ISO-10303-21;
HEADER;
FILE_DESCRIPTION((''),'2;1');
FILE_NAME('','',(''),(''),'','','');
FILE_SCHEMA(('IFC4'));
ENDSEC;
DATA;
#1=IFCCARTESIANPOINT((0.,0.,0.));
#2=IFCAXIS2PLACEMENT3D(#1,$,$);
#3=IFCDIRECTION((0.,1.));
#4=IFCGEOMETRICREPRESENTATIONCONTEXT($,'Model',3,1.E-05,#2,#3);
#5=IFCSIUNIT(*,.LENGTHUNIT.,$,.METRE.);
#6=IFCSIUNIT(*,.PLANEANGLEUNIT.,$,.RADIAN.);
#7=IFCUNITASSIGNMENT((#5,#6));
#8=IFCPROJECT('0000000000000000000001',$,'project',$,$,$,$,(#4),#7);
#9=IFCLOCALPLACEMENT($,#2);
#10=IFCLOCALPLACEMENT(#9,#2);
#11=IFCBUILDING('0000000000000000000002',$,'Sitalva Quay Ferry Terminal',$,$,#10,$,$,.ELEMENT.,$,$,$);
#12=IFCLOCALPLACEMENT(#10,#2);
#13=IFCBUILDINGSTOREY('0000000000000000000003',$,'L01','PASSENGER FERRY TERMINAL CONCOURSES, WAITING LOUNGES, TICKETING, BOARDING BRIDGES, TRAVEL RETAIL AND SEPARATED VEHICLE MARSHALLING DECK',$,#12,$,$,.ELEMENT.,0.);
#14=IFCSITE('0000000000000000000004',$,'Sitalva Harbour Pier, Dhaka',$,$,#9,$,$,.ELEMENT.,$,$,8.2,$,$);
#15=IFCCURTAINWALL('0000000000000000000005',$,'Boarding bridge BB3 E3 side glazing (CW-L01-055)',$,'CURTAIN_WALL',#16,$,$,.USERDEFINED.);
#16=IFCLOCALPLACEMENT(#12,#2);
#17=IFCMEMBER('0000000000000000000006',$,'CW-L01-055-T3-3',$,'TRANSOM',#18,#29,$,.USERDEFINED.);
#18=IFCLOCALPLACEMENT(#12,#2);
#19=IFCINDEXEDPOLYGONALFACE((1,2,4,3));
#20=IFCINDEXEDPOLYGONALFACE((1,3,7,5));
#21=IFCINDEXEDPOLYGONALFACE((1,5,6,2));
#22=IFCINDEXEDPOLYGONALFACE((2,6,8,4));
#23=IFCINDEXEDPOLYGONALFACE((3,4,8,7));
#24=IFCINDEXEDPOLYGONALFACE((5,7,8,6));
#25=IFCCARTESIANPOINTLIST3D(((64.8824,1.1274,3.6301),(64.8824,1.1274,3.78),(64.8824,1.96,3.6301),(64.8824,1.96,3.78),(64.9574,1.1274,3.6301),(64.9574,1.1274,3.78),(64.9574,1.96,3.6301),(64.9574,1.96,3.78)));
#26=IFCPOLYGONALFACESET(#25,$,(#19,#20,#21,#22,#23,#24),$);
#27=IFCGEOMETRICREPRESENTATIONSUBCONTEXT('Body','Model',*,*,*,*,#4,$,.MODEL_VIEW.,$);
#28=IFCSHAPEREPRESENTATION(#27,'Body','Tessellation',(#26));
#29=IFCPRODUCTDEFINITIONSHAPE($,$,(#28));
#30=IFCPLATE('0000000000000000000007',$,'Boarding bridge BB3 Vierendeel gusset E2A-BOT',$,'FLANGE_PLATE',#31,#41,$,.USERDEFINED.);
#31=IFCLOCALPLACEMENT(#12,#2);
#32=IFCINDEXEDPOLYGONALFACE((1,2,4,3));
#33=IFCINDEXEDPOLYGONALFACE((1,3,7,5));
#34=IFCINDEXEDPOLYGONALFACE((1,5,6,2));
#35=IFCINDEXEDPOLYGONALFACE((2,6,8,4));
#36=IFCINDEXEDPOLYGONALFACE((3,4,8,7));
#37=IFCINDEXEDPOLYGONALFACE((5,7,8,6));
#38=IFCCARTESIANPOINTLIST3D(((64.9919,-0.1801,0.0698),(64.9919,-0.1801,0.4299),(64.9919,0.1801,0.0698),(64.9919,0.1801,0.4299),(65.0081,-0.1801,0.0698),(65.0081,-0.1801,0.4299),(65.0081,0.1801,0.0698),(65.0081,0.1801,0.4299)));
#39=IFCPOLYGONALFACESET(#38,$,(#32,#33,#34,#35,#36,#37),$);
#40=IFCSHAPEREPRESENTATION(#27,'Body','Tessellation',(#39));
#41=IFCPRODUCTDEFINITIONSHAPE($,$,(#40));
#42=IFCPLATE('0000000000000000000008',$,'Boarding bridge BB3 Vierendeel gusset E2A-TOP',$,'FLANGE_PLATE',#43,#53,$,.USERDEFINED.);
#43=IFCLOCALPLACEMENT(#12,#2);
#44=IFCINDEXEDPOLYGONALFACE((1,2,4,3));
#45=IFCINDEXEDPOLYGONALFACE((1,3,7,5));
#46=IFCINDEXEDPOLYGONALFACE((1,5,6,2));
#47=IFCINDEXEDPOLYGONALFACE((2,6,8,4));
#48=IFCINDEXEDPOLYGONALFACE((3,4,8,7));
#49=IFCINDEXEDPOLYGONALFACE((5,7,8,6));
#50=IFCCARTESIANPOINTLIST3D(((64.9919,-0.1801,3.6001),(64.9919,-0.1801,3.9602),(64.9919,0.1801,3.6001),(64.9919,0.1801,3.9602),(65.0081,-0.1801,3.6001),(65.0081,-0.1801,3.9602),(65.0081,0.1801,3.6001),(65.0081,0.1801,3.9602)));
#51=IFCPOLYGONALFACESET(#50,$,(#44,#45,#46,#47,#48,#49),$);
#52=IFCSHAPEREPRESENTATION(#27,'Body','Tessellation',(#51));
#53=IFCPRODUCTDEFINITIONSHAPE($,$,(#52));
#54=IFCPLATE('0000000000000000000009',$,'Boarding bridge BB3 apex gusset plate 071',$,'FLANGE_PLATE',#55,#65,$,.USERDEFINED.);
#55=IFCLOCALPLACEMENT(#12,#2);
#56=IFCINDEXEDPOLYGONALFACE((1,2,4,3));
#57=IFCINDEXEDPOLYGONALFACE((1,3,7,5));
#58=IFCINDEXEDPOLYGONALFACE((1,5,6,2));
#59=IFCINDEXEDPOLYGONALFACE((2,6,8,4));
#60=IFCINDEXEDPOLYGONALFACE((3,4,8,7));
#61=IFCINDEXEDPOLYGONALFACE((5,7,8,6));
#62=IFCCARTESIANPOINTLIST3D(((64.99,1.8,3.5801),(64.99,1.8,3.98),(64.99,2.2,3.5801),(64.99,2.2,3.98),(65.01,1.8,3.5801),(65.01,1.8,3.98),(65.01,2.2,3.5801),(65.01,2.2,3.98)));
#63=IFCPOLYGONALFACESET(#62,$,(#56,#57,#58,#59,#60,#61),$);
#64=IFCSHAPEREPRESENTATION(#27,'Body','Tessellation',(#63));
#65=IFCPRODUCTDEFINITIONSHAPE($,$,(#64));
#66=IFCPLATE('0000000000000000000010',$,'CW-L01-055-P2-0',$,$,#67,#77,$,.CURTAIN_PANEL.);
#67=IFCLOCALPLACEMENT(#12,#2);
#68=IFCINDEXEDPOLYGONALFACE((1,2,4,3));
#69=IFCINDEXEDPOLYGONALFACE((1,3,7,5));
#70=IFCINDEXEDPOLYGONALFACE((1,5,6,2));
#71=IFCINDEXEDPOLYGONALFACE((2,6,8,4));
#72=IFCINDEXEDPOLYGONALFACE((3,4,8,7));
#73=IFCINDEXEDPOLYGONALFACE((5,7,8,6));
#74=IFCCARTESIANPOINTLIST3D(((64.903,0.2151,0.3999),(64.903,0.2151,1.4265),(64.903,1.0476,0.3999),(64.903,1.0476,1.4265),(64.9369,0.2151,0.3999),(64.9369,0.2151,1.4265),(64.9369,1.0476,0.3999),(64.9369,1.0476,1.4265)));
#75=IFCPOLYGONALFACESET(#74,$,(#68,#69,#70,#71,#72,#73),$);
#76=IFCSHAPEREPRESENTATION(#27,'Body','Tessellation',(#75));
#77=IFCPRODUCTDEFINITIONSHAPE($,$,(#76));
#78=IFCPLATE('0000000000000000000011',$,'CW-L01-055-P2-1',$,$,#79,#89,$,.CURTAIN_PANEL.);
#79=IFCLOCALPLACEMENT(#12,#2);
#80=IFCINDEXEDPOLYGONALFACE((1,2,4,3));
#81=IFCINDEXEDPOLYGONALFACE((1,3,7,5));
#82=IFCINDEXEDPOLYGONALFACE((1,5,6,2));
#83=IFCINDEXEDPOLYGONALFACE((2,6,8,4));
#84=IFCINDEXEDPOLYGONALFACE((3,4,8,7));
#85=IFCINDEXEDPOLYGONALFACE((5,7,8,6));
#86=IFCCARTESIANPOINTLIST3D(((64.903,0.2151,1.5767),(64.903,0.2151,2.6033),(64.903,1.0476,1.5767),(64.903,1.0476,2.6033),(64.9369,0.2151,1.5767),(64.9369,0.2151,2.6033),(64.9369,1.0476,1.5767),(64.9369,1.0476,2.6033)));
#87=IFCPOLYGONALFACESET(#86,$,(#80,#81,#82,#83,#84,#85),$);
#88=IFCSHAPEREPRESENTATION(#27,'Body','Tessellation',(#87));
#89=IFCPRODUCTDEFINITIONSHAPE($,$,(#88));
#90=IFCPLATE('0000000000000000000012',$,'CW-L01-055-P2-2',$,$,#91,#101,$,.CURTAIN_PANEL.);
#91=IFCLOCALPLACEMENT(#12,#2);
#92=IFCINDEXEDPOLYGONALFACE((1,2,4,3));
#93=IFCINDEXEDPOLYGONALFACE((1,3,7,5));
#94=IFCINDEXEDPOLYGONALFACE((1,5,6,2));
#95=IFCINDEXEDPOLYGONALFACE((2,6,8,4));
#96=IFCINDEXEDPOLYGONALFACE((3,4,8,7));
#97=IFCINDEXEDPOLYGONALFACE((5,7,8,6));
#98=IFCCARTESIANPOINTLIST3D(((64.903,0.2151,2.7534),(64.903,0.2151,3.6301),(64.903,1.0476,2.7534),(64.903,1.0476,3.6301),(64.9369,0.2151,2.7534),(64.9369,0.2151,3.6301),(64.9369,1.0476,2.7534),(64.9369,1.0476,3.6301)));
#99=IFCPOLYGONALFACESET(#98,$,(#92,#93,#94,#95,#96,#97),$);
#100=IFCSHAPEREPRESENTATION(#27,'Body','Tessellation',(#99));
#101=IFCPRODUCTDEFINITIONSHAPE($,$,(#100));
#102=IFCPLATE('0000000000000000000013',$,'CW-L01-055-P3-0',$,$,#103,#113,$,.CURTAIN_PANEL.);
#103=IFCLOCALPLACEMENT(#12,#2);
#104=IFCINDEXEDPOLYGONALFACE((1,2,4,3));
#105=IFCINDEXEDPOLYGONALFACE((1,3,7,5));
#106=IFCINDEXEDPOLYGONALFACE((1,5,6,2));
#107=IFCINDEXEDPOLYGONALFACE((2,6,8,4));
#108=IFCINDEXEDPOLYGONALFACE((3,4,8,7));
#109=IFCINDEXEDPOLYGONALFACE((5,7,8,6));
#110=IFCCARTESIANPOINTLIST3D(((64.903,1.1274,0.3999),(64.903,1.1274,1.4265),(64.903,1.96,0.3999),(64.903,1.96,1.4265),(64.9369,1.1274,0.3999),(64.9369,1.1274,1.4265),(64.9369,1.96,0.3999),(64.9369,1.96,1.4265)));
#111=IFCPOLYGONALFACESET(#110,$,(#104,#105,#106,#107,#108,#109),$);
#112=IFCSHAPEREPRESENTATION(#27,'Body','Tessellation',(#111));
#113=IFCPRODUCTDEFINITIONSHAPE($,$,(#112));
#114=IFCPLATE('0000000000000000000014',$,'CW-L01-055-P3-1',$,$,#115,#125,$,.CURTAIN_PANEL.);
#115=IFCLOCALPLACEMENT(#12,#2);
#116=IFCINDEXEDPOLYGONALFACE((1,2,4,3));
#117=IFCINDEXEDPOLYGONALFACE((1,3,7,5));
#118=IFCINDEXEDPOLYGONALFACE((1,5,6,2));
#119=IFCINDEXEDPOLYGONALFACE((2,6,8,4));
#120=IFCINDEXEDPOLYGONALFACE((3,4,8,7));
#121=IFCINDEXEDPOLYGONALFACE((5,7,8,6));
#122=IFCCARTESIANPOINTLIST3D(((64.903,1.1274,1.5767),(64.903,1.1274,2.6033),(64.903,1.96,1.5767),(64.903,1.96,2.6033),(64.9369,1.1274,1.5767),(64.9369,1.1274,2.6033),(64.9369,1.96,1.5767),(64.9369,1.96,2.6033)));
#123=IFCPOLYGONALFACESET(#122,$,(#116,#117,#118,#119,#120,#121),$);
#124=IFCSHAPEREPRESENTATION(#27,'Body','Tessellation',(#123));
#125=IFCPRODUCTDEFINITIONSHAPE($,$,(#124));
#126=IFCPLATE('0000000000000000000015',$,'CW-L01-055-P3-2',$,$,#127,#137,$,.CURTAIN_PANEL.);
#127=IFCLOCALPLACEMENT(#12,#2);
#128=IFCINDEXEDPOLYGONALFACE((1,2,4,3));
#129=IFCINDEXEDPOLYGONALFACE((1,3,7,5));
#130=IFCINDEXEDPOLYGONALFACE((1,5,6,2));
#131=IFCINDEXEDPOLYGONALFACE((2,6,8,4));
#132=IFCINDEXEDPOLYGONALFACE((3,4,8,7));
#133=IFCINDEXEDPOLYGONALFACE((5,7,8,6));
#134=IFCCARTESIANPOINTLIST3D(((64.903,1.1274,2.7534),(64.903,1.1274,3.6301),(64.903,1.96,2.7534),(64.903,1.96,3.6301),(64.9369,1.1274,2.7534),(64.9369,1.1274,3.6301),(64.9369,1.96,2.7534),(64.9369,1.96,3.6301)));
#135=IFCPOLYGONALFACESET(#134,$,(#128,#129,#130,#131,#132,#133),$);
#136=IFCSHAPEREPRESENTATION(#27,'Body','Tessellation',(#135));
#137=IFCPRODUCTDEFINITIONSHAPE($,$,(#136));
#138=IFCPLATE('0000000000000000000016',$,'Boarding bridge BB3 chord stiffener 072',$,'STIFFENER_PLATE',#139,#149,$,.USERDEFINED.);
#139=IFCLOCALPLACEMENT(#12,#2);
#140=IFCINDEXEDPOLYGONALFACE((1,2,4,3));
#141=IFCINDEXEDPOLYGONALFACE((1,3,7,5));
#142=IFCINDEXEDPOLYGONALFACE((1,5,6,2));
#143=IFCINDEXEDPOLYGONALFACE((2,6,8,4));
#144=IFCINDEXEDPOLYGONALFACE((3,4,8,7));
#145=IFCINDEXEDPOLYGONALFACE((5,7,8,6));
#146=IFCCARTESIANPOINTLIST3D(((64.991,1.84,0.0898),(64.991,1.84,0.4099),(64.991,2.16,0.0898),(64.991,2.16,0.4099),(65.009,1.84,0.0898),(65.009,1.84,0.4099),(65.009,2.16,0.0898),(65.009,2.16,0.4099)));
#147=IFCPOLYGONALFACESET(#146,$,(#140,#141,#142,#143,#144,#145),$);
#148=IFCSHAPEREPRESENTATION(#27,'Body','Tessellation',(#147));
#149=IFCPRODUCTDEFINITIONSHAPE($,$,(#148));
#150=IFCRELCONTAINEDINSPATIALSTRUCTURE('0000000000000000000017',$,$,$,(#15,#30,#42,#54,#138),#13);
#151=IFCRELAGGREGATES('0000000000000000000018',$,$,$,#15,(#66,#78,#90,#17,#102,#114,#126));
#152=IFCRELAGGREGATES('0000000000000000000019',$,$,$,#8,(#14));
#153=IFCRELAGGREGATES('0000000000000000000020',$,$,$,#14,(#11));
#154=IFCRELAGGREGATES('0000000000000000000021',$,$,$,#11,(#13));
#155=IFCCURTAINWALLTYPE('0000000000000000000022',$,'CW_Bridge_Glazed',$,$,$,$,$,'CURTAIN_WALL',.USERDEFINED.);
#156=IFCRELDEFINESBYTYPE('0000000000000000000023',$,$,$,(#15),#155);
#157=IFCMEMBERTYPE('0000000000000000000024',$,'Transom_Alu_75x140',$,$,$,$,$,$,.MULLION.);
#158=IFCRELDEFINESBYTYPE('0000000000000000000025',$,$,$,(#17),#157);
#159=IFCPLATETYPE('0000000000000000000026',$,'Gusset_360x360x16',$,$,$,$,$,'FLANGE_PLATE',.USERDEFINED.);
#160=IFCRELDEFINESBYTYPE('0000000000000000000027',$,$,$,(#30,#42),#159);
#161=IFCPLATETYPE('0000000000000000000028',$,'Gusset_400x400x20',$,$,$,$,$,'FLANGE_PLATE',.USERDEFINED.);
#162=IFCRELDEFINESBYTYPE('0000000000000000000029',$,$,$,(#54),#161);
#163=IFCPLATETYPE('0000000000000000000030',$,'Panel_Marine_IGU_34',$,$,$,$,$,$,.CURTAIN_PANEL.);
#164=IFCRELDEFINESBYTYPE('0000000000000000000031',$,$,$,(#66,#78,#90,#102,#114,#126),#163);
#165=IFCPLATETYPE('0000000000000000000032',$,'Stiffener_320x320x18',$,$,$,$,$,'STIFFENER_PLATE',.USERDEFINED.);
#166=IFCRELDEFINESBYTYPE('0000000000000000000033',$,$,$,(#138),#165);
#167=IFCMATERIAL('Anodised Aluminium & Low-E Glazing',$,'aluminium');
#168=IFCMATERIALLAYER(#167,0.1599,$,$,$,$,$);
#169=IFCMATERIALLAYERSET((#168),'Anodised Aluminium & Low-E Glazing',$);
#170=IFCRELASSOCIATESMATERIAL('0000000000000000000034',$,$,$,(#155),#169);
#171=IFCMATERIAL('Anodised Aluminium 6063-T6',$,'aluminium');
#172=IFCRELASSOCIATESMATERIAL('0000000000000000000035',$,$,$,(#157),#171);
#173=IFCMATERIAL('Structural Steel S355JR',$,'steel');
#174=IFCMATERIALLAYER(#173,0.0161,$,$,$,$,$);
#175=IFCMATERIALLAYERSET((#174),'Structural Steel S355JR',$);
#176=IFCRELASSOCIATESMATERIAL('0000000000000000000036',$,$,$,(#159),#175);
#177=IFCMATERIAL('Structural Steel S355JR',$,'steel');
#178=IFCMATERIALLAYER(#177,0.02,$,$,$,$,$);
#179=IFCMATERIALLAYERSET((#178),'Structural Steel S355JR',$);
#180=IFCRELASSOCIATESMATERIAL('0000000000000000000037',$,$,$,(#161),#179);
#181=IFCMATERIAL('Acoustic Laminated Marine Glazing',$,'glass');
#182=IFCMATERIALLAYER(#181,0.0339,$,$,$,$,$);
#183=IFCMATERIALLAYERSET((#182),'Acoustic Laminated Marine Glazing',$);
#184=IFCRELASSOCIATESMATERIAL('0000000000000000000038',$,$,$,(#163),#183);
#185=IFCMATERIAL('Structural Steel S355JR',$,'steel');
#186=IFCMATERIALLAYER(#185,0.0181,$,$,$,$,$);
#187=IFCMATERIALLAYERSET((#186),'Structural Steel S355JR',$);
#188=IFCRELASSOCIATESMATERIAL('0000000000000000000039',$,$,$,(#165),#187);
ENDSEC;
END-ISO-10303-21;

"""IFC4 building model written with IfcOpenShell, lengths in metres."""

from ifc_helpers import new_model, si_unit, direction, frame, origin, origin_2d, place, context, subcontext, project, spatial, rectangle, extrude, material, layer, layer_set, material_profile, profile_set, type_object, element, aggregate, save


model = new_model("IFC4")

# Units and contexts
model_context = context("Model", 3, precision=1e-05, world=origin(), true_north=direction((0.0, 1.0)))
body_context = subcontext(model_context, "Body", "Model", "MODEL_VIEW")
ifc_project = project(units=[si_unit("LENGTHUNIT", "METRE"), si_unit("PLANEANGLEUNIT", "RADIAN")], contexts=[model_context])

# Site, building, storey
site_placement = place(None, origin())
site = spatial("IfcSite", under=ifc_project, at=site_placement, Name="Sitalva Harbour Pier, Dhaka", CompositionType="ELEMENT", RefElevation=8.2)
building_placement = place(site_placement, origin())
building = spatial("IfcBuilding", under=site, at=building_placement, Name="Sitalva Quay Ferry Terminal", CompositionType="ELEMENT")
storey_placement = place(building_placement, origin())
storey = spatial("IfcBuildingStorey", under=building, at=storey_placement, Name="L01", Description="PASSENGER FERRY TERMINAL CONCOURSES, WAITING LOUNGES, TICKETING, BOARDING BRIDGES, TRAVEL RETAIL AND SEPARATED VEHICLE MARSHALLING DECK", CompositionType="ELEMENT", Elevation=0.0)

# Curtain wall
ifc_material_1 = material(Name="Anodised Aluminium & Low-E Glazing", Category="aluminium")
ifc_layer_1 = layer(ifc_material_1, 0.1599)
ifc_layer_set_1 = layer_set([ifc_layer_1], Name="Anodised Aluminium & Low-E Glazing")
curtain_wall_type = type_object("IfcCurtainWallType", Name="CW_Bridge_Glazed", ElementType="CURTAIN_WALL", PredefinedType="USERDEFINED", material=ifc_layer_set_1)
curtain_wall_1_placement = place(storey_placement, origin())
curtain_wall_1 = element("IfcCurtainWall", 1, at=curtain_wall_1_placement, inside=storey, type_object=curtain_wall_type, Name="Boarding bridge BB3 E3 side glazing (CW-L01-055)", ObjectType="CURTAIN_WALL", PredefinedType="USERDEFINED")

# Member
ifc_material_2 = material(Name="Anodised Aluminium 6063-T6", Category="aluminium")
ifc_material_profile_1 = material_profile(ifc_material_2, rectangle(XDim=0.075, YDim=0.1499, at=origin_2d()), Name="ALU75x150")
ifc_profile_set_1 = profile_set([ifc_material_profile_1], Name="Anodised Aluminium 6063-T6")
member_type_1 = type_object("IfcMemberType", Name="Transom_Alu_75x140", PredefinedType="MULLION", material=ifc_profile_set_1)
member_1_placement = place(storey_placement, frame((64.9199, 1.1274, 3.7051), z_axis=(0.0, 1.0, 0.0), x_axis=(-1.0, 0.0, 0.0)))
member_1 = element("IfcMember", 2, at=member_1_placement, type_object=member_type_1, Name="CW-L01-055-T3-3", ObjectType="TRANSOM", PredefinedType="USERDEFINED", context=body_context, shape_type="SweptSolid", body=[
    extrude(rectangle(XDim=0.075, YDim=0.1499, at=origin_2d()), origin(), (0.0, 0.0, 1.0), 0.8325),
])

# Plates
ifc_material_3 = material(Name="Structural Steel S355JR", Category="steel")
ifc_layer_2 = layer(ifc_material_3, 0.0161)
ifc_layer_set_2 = layer_set([ifc_layer_2], Name="Structural Steel S355JR")
plate_type_1 = type_object("IfcPlateType", Name="Gusset_360x360x16", ElementType="FLANGE_PLATE", PredefinedType="USERDEFINED", material=ifc_layer_set_2)
for number, where, z_axis, x_axis, name in (
    (3, (65.0, 0.0, 0.0698), (0.0, 0.0, 1.0), (1.0, 0.0, 0.0), "Boarding bridge BB3 Vierendeel gusset E2A-BOT"),
    (4, (65.0, 0.0, 3.6001), (0.0, 0.0, 1.0), (1.0, 0.0, 0.0), "Boarding bridge BB3 Vierendeel gusset E2A-TOP"),
):
    element("IfcPlate", number, at=place(storey_placement, frame(where, z_axis=z_axis, x_axis=x_axis)), inside=storey, type_object=plate_type_1, Name=name, ObjectType="FLANGE_PLATE", PredefinedType="USERDEFINED", context=body_context, shape_type="SweptSolid", body=[
        extrude(rectangle(XDim=0.0161, YDim=0.3601, at=origin_2d()), origin(), (0.0, 0.0, 1.0), 0.3601),
    ])
ifc_material_4 = material(Name="Structural Steel S355JR", Category="steel")
ifc_layer_3 = layer(ifc_material_4, 0.02)
ifc_layer_set_3 = layer_set([ifc_layer_3], Name="Structural Steel S355JR")
plate_type_2 = type_object("IfcPlateType", Name="Gusset_400x400x20", ElementType="FLANGE_PLATE", PredefinedType="USERDEFINED", material=ifc_layer_set_3)
plate_1_placement = place(storey_placement, frame((65.0, 2.0, 3.5801), z_axis=(0.0, 0.0, 1.0), x_axis=(1.0, 0.0, 0.0)))
element("IfcPlate", 5, at=plate_1_placement, inside=storey, type_object=plate_type_2, Name="Boarding bridge BB3 apex gusset plate 071", ObjectType="FLANGE_PLATE", PredefinedType="USERDEFINED", context=body_context, shape_type="SweptSolid", body=[
    extrude(rectangle(XDim=0.02, YDim=0.3999, at=origin_2d()), origin(), (0.0, 0.0, 1.0), 0.3999),
])

# Plates
ifc_material_5 = material(Name="Acoustic Laminated Marine Glazing", Category="glass")
ifc_layer_4 = layer(ifc_material_5, 0.0339)
ifc_layer_set_4 = layer_set([ifc_layer_4], Name="Acoustic Laminated Marine Glazing")
plate_type_3 = type_object("IfcPlateType", Name="Panel_Marine_IGU_34", PredefinedType="CURTAIN_PANEL", material=ifc_layer_set_4)
plate_2_placement = place(storey_placement, frame((64.9199, 0.6313, 0.3999), z_axis=(0.0, 0.0, 1.0), x_axis=(0.0, 1.0, 0.0)))
plate_2 = element("IfcPlate", 6, at=plate_2_placement, type_object=plate_type_3, Name="CW-L01-055-P2-0", PredefinedType="CURTAIN_PANEL", context=body_context, shape_type="SweptSolid", body=[
    extrude(rectangle(XDim=0.8325, YDim=0.0339, at=origin_2d()), origin(), (0.0, 0.0, 1.0), 1.0266),
])
plate_3_placement = place(storey_placement, frame((64.9199, 0.6313, 1.5767), z_axis=(0.0, 0.0, 1.0), x_axis=(0.0, 1.0, 0.0)))
plate_3 = element("IfcPlate", 7, at=plate_3_placement, type_object=plate_type_3, Name="CW-L01-055-P2-1", PredefinedType="CURTAIN_PANEL", context=body_context, shape_type="SweptSolid", body=[
    extrude(rectangle(XDim=0.8325, YDim=0.0339, at=origin_2d()), origin(), (0.0, 0.0, 1.0), 1.0266),
])
plate_4_placement = place(storey_placement, frame((64.9199, 0.6313, 2.7534), z_axis=(0.0, 0.0, 1.0), x_axis=(0.0, 1.0, 0.0)))
plate_4 = element("IfcPlate", 8, at=plate_4_placement, type_object=plate_type_3, Name="CW-L01-055-P2-2", PredefinedType="CURTAIN_PANEL", context=body_context, shape_type="SweptSolid", body=[
    extrude(rectangle(XDim=0.8325, YDim=0.0339, at=origin_2d()), origin(), (0.0, 0.0, 1.0), 0.8767),
])
plate_5_placement = place(storey_placement, frame((64.9199, 1.5437, 0.3999), z_axis=(0.0, 0.0, 1.0), x_axis=(0.0, 1.0, 0.0)))
plate_5 = element("IfcPlate", 9, at=plate_5_placement, type_object=plate_type_3, Name="CW-L01-055-P3-0", PredefinedType="CURTAIN_PANEL", context=body_context, shape_type="SweptSolid", body=[
    extrude(rectangle(XDim=0.8325, YDim=0.0339, at=origin_2d()), origin(), (0.0, 0.0, 1.0), 1.0266),
])
plate_6_placement = place(storey_placement, frame((64.9199, 1.5437, 1.5767), z_axis=(0.0, 0.0, 1.0), x_axis=(0.0, 1.0, 0.0)))
plate_6 = element("IfcPlate", 10, at=plate_6_placement, type_object=plate_type_3, Name="CW-L01-055-P3-1", PredefinedType="CURTAIN_PANEL", context=body_context, shape_type="SweptSolid", body=[
    extrude(rectangle(XDim=0.8325, YDim=0.0339, at=origin_2d()), origin(), (0.0, 0.0, 1.0), 1.0266),
])
plate_7_placement = place(storey_placement, frame((64.9199, 1.5437, 2.7534), z_axis=(0.0, 0.0, 1.0), x_axis=(0.0, 1.0, 0.0)))
plate_7 = element("IfcPlate", 11, at=plate_7_placement, type_object=plate_type_3, Name="CW-L01-055-P3-2", PredefinedType="CURTAIN_PANEL", context=body_context, shape_type="SweptSolid", body=[
    extrude(rectangle(XDim=0.8325, YDim=0.0339, at=origin_2d()), origin(), (0.0, 0.0, 1.0), 0.8767),
])
aggregate(curtain_wall_1, [plate_2, plate_3, plate_4, member_1, plate_5, plate_6, plate_7])
ifc_material_6 = material(Name="Structural Steel S355JR", Category="steel")
ifc_layer_5 = layer(ifc_material_6, 0.0181)
ifc_layer_set_5 = layer_set([ifc_layer_5], Name="Structural Steel S355JR")
plate_type_4 = type_object("IfcPlateType", Name="Stiffener_320x320x18", ElementType="STIFFENER_PLATE", PredefinedType="USERDEFINED", material=ifc_layer_set_5)
plate_8_placement = place(storey_placement, frame((65.0, 2.0, 0.0898), z_axis=(0.0, 0.0, 1.0), x_axis=(1.0, 0.0, 0.0)))
element("IfcPlate", 12, at=plate_8_placement, inside=storey, type_object=plate_type_4, Name="Boarding bridge BB3 chord stiffener 072", ObjectType="STIFFENER_PLATE", PredefinedType="USERDEFINED", context=body_context, shape_type="SweptSolid", body=[
    extrude(rectangle(XDim=0.0181, YDim=0.3201, at=origin_2d()), origin(), (0.0, 0.0, 1.0), 0.3201),
])

save(model, "model.ifc")
